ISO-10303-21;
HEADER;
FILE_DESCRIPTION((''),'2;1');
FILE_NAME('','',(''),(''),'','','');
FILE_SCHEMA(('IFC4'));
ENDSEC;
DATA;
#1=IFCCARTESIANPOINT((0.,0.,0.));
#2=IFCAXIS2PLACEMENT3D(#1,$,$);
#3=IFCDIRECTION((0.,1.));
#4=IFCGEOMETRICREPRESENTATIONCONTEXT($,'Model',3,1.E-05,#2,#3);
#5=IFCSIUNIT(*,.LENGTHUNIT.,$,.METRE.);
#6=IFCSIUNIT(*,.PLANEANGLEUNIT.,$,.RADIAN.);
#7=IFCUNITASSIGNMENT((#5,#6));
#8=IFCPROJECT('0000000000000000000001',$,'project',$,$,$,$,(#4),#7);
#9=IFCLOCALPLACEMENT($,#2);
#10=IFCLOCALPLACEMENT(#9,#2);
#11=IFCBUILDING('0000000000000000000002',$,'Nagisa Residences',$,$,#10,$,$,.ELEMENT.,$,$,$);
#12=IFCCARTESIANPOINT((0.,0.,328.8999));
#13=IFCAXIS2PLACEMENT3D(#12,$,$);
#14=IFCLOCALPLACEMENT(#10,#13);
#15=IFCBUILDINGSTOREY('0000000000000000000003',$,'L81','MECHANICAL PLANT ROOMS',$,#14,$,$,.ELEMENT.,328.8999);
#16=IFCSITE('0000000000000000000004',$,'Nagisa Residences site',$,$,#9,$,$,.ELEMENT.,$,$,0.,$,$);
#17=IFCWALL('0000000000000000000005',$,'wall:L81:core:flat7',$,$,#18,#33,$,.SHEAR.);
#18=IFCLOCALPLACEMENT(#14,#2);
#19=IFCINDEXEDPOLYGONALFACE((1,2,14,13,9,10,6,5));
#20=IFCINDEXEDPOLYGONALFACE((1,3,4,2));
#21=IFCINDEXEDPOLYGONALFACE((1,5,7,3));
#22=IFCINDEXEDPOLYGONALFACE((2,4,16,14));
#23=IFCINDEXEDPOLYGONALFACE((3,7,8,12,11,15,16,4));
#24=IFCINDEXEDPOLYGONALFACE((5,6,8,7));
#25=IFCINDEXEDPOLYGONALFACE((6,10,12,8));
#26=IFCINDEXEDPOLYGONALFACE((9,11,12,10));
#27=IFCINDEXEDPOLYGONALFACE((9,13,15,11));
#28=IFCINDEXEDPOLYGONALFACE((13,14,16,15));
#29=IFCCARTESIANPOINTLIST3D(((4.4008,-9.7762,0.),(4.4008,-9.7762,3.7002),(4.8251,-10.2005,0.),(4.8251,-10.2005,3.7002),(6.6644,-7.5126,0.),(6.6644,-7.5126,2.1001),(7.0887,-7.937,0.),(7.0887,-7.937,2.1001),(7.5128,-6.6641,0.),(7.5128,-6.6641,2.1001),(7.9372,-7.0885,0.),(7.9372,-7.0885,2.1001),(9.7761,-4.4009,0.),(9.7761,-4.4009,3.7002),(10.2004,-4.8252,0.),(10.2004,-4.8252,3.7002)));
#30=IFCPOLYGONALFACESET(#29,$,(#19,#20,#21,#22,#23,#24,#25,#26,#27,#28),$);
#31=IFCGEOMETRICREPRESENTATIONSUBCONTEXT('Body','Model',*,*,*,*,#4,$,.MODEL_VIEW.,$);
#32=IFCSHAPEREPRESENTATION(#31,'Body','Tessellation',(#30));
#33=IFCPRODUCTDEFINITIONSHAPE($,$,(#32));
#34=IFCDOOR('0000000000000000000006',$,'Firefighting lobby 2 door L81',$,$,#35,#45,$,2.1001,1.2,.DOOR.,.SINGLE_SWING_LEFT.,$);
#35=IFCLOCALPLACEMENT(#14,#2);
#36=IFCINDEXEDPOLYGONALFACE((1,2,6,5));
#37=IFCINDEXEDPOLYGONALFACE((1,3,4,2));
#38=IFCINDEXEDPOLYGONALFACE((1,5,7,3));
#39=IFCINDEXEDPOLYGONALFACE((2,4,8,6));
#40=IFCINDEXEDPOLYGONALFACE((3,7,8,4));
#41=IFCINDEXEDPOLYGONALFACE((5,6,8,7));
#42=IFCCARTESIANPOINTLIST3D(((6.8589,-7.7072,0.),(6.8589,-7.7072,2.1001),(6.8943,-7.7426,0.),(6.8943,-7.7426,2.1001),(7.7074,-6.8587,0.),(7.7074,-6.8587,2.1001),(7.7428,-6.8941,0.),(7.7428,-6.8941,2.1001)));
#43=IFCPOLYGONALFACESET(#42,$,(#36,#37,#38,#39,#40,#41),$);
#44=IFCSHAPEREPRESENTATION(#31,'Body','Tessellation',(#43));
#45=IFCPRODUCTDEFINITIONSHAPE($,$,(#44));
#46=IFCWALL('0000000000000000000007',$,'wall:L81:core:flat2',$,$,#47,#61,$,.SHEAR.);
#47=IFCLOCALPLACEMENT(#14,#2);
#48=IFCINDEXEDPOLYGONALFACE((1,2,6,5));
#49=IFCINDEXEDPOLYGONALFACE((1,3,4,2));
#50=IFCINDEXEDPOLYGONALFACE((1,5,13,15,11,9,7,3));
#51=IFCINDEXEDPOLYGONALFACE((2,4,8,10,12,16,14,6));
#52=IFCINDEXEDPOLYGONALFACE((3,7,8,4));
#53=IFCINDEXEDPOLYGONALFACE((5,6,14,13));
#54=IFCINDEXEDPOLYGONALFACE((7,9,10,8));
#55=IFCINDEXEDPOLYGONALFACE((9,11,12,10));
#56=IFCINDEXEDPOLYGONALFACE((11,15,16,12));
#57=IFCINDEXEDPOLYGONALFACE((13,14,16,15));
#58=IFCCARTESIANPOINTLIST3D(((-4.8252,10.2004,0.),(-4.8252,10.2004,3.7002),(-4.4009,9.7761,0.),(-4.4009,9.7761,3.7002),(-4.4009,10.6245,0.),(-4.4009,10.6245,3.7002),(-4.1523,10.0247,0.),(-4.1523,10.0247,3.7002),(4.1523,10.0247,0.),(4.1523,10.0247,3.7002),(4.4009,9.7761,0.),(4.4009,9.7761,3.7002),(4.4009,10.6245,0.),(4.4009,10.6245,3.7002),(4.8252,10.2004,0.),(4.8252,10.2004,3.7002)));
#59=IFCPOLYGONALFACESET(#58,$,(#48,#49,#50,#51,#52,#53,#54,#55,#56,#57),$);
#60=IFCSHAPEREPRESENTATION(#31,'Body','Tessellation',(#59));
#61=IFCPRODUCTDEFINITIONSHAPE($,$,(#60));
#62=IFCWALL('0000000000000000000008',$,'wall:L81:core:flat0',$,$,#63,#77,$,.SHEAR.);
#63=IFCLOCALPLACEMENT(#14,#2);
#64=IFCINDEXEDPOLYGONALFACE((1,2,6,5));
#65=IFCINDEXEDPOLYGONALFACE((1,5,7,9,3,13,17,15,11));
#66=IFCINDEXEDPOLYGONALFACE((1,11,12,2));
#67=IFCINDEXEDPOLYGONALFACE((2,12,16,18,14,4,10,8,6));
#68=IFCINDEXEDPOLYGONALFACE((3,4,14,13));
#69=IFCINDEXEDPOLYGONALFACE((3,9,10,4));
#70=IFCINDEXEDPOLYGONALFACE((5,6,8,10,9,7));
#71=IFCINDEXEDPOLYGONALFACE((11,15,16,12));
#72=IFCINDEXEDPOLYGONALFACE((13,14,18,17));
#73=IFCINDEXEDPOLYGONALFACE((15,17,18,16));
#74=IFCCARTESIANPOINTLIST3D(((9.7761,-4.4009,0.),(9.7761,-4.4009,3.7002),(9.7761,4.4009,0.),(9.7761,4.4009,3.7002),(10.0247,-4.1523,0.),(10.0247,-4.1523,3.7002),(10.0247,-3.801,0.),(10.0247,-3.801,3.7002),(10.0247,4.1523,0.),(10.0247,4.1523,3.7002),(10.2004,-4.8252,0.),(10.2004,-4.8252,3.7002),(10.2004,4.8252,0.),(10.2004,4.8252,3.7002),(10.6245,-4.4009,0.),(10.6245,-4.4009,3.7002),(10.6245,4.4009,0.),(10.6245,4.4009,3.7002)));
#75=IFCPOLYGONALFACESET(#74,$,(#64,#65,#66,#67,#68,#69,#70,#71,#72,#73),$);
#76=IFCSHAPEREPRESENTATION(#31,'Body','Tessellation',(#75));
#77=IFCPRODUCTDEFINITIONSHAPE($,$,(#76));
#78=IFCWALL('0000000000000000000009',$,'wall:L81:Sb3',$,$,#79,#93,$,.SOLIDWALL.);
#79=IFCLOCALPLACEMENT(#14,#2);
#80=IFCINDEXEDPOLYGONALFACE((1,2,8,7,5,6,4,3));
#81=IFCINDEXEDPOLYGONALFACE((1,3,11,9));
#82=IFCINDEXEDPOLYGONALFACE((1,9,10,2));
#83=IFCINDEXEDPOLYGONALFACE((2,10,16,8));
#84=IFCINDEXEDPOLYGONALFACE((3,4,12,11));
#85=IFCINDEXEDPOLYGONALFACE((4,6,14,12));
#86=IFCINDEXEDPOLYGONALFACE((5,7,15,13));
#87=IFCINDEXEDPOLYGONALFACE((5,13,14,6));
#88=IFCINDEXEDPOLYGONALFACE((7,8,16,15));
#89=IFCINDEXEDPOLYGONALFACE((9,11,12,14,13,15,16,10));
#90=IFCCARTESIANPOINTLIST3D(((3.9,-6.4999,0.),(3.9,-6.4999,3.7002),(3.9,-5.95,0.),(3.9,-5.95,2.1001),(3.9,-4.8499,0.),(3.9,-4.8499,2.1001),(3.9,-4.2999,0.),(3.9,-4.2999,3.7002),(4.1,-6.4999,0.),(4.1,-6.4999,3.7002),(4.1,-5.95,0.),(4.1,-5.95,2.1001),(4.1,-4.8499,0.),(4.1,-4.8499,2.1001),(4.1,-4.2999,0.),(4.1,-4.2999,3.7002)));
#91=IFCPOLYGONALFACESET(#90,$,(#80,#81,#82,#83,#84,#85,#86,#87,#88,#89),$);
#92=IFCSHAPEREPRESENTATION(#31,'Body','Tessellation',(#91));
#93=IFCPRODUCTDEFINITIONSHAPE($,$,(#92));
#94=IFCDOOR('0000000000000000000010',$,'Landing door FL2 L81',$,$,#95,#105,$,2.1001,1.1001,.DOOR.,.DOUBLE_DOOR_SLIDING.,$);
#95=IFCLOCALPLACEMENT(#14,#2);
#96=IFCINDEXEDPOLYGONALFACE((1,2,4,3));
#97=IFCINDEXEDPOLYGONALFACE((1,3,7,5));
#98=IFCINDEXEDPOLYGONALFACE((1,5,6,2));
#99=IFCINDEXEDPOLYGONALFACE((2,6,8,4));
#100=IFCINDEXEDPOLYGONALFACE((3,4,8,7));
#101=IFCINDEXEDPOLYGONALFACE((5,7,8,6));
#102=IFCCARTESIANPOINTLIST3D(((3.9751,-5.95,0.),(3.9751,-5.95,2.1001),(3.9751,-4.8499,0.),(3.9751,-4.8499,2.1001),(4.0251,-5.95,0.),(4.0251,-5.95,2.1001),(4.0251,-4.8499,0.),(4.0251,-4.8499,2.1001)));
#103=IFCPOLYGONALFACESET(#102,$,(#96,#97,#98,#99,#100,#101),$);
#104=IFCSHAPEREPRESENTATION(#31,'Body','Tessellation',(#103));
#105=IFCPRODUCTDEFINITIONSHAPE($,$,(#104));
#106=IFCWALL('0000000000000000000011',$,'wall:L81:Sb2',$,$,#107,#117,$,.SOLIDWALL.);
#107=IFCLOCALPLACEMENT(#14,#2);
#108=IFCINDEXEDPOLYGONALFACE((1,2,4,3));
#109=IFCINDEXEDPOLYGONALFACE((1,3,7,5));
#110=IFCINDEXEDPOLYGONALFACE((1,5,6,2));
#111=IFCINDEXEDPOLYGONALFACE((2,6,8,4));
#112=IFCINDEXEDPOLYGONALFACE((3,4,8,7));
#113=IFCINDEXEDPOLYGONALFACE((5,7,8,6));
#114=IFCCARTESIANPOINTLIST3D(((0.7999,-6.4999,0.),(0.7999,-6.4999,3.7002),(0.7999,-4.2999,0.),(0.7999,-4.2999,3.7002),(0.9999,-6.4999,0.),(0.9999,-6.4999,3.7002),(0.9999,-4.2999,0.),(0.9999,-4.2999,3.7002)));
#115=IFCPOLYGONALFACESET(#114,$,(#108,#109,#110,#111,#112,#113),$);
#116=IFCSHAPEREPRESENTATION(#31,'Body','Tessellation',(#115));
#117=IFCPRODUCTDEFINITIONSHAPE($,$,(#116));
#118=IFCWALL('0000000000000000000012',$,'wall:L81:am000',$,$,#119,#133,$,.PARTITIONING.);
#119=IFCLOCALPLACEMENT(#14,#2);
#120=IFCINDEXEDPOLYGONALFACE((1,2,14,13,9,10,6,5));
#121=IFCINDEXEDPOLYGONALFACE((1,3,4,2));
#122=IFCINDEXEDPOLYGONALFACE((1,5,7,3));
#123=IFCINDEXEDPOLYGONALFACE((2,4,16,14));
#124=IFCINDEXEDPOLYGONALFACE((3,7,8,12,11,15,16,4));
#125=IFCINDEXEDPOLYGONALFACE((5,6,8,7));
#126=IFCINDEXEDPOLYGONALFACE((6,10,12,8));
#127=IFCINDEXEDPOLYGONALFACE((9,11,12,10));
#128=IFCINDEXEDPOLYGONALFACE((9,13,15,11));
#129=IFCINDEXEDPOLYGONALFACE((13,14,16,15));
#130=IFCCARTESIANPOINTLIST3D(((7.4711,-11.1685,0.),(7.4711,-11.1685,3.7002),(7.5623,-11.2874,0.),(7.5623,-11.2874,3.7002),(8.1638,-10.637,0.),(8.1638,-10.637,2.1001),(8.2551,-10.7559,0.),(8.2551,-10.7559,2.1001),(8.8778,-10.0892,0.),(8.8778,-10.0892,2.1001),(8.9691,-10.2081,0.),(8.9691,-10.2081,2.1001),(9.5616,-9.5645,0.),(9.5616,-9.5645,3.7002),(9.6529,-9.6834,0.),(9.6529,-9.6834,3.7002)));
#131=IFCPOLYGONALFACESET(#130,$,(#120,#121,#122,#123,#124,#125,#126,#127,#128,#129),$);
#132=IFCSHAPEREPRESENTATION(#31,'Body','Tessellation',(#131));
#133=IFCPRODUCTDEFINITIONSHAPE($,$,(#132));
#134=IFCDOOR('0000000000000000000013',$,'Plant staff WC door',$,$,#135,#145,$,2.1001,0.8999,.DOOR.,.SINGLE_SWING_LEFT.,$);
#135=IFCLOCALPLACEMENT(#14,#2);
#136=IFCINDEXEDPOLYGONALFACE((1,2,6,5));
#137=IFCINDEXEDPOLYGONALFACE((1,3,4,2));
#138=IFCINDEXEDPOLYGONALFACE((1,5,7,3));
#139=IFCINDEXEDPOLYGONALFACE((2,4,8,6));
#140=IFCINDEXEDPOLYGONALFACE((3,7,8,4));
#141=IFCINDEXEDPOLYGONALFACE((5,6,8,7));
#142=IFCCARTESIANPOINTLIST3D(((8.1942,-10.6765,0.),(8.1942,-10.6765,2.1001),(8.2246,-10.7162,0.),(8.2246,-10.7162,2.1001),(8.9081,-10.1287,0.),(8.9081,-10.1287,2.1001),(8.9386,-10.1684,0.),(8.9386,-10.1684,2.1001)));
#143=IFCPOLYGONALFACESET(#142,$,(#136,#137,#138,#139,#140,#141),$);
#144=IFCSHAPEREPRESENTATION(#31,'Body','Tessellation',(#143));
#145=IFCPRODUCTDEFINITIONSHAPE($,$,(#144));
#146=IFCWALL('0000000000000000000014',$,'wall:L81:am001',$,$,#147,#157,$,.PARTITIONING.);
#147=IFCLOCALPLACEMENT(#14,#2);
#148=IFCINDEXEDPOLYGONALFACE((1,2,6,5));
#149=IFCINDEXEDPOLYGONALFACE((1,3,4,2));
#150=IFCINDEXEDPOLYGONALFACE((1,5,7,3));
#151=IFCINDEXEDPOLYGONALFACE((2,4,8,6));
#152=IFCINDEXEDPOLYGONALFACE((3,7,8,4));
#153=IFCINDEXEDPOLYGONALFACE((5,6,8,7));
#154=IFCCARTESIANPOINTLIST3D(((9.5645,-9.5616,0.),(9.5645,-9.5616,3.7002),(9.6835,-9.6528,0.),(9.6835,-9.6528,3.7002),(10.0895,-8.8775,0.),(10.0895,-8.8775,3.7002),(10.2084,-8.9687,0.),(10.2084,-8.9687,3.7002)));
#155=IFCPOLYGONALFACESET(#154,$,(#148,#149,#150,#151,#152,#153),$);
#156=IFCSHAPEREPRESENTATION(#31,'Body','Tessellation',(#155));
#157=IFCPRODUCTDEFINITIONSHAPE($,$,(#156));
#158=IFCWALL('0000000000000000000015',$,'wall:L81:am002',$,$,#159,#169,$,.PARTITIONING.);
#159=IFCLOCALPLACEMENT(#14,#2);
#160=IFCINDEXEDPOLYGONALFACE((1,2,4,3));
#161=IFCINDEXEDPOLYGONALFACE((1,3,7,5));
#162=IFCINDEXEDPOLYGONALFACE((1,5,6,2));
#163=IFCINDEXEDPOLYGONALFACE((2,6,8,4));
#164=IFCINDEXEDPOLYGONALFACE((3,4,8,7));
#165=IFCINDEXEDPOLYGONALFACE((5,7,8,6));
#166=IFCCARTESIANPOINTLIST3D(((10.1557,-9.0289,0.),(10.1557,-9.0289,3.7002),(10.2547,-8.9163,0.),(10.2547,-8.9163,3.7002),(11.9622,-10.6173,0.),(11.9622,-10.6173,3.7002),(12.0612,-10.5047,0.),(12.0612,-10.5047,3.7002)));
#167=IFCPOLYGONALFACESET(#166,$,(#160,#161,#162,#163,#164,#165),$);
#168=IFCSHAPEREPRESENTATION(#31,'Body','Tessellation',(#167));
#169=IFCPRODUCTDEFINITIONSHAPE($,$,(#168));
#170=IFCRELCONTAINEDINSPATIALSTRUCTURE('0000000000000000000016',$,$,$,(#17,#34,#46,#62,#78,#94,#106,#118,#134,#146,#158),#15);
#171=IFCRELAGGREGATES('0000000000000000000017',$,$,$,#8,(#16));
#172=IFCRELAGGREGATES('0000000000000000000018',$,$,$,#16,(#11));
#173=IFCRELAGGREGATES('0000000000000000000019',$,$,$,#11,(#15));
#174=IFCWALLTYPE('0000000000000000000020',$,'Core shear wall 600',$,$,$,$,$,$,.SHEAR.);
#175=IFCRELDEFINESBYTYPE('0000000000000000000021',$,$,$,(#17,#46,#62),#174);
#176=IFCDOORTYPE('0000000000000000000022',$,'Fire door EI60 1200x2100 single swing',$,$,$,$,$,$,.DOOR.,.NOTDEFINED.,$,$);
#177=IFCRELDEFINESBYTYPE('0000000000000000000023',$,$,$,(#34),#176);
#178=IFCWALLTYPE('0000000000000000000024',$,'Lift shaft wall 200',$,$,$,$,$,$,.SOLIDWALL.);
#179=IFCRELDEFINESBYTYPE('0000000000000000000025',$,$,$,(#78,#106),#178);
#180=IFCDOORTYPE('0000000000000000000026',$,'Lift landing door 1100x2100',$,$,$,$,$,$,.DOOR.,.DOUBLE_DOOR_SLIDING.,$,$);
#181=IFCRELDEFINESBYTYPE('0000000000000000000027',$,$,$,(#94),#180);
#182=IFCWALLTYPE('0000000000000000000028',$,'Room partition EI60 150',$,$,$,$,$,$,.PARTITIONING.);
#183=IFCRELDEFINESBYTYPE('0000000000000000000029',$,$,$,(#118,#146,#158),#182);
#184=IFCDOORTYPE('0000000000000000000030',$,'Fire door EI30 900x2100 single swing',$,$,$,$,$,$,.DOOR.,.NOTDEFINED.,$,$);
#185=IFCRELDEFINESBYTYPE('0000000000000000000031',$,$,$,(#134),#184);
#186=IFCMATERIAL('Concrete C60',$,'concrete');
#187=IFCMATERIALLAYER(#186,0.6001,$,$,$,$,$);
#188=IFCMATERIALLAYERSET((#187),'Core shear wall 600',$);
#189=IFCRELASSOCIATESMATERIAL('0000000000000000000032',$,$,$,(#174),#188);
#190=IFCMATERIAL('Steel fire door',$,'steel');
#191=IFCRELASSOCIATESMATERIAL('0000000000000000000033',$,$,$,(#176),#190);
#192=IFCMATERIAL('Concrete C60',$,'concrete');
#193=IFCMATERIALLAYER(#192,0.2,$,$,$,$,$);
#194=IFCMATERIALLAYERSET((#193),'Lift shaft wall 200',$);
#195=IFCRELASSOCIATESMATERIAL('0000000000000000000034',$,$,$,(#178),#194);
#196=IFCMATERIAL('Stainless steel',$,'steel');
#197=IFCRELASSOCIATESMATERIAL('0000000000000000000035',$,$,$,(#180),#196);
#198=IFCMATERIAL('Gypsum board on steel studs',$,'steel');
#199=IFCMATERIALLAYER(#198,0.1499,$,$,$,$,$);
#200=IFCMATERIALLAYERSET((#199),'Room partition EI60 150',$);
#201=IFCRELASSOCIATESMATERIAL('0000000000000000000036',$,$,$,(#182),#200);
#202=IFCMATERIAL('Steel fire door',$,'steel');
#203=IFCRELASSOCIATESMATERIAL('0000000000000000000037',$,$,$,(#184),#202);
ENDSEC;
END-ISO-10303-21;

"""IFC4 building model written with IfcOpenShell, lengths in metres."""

from ifc_helpers import new_model, si_unit, direction, frame, frame_2d, origin, place, context, subcontext, project, spatial, polyline, rectangle, outline, extrude, material, layer, layer_set, type_object, element, fill, save


model = new_model("IFC4")

# Units and contexts
model_context = context("Model", 3, precision=1e-05, world=origin(), true_north=direction((0.0, 1.0)))
body_context = subcontext(model_context, "Body", "Model", "MODEL_VIEW")
ifc_project = project(units=[si_unit("LENGTHUNIT", "METRE"), si_unit("PLANEANGLEUNIT", "RADIAN")], contexts=[model_context])

# Site, building, storey
site_placement = place(None, origin())
site = spatial("IfcSite", under=ifc_project, at=site_placement, Name="Nagisa Residences site", CompositionType="ELEMENT", RefElevation=0.0)
building_placement = place(site_placement, origin())
building = spatial("IfcBuilding", under=site, at=building_placement, Name="Nagisa Residences", CompositionType="ELEMENT")
storey_placement = place(building_placement, frame((0.0, 0.0, 328.8999)))
storey = spatial("IfcBuildingStorey", under=building, at=storey_placement, Name="L81", Description="MECHANICAL PLANT ROOMS", CompositionType="ELEMENT", Elevation=328.8999)

# Wall, opening, door
ifc_material_1 = material(Name="Concrete C60", Category="concrete")
ifc_layer_1 = layer(ifc_material_1, 0.6001)
ifc_layer_set_1 = layer_set([ifc_layer_1], Name="Core shear wall 600")
wall_type_1 = type_object("IfcWallType", Name="Core shear wall 600", PredefinedType="SHEAR", material=ifc_layer_set_1)
wall_1_placement = place(storey_placement, frame((4.613, -9.9883, 0.0), z_axis=(0.0, 0.0, 1.0), x_axis=(0.707107, 0.707107, 0.0)))
wall_1 = element("IfcWall", 1, at=wall_1_placement, inside=storey, type_object=wall_type_1, Name="wall:L81:core:flat7", PredefinedType="SHEAR", context=body_context, shape_type="SweptSolid", body=[
    extrude(rectangle(XDim=7.6018, YDim=0.6001, at=frame_2d((3.8008, 0.0))), origin(), (0.0, 0.0, 1.0), 3.7002),
])
opening_1_placement = place(wall_1_placement, frame((3.2009, 0.0, 0.0)))
opening_1 = element("IfcOpeningElement", 2, at=opening_1_placement, cuts=wall_1, PredefinedType="OPENING", context=body_context, shape_type="SweptSolid", body=[
    extrude(rectangle(XDim=1.2, YDim=2.1001, at=frame_2d((0.6001, 1.05))), frame((0.0, 0.3101, 0.0), z_axis=(0.0, -1.0, 0.0), x_axis=(1.0, 0.0, 0.0)), (0.0, 0.0, 1.0), 0.6201),
])
ifc_material_2 = material(Name="Steel fire door", Category="steel")
door_type_1 = type_object("IfcDoorType", Name="Fire door EI60 1200x2100 single swing", OperationType="NOTDEFINED", PredefinedType="DOOR", material=ifc_material_2)
door_1_placement = place(opening_1_placement, origin())
door_1 = element("IfcDoor", 3, at=door_1_placement, inside=storey, type_object=door_type_1, Name="Firefighting lobby 2 door L81", OperationType="SINGLE_SWING_LEFT", OverallHeight=2.1001, OverallWidth=1.2, PredefinedType="DOOR", context=body_context, shape_type="SweptSolid", body=[
    extrude(rectangle(XDim=1.2, YDim=2.1001, at=frame_2d((0.6001, 1.05))), frame((0.0, 0.0249, 0.0), z_axis=(0.0, -1.0, 0.0), x_axis=(1.0, 0.0, 0.0)), (0.0, 0.0, 1.0), 0.05),
])
fill(opening_1, door_1)

# Walls
wall_2_placement = place(storey_placement, origin())
element("IfcWall", 4, at=wall_2_placement, inside=storey, type_object=wall_type_1, Name="wall:L81:core:flat2", PredefinedType="SHEAR", context=body_context, shape_type="SweptSolid", body=[
    extrude(outline(polyline([(-4.1523, 10.0247), (-4.4009, 9.7761), (-4.8252, 10.2004), (-4.4009, 10.6245), (4.4009, 10.6245), (4.8252, 10.2004), (4.4009, 9.7761), (4.1523, 10.0247), (-4.1523, 10.0247)])), origin(), (0.0, 0.0, 1.0), 3.7002),
])
wall_3_placement = place(storey_placement, origin())
element("IfcWall", 5, at=wall_3_placement, inside=storey, type_object=wall_type_1, Name="wall:L81:core:flat0", PredefinedType="SHEAR", context=body_context, shape_type="SweptSolid", body=[
    extrude(outline(polyline([(9.7761, -4.4009), (10.0247, -4.1523), (10.0247, -3.801), (10.0247, 4.1523), (9.7761, 4.4009), (10.2004, 4.8252), (10.6245, 4.4009), (10.6245, -4.4009), (10.2004, -4.8252), (9.7761, -4.4009)])), origin(), (0.0, 0.0, 1.0), 3.7002),
])

# Wall, opening, door
ifc_material_3 = material(Name="Concrete C60", Category="concrete")
ifc_layer_2 = layer(ifc_material_3, 0.2)
ifc_layer_set_2 = layer_set([ifc_layer_2], Name="Lift shaft wall 200")
wall_type_2 = type_object("IfcWallType", Name="Lift shaft wall 200", PredefinedType="SOLIDWALL", material=ifc_layer_set_2)
wall_4_placement = place(storey_placement, frame((4.0, -6.5, 0.0), z_axis=(0.0, 0.0, 1.0), x_axis=(0.0, 1.0, 0.0)))
wall_4 = element("IfcWall", 6, at=wall_4_placement, inside=storey, type_object=wall_type_2, Name="wall:L81:Sb3", PredefinedType="SOLIDWALL", context=body_context, shape_type="SweptSolid", body=[
    extrude(rectangle(XDim=2.2, YDim=0.2, at=frame_2d((1.1001, 0.0))), origin(), (0.0, 0.0, 1.0), 3.7002),
])
opening_2_placement = place(wall_4_placement, frame((0.55, 0.0, 0.0)))
opening_2 = element("IfcOpeningElement", 7, at=opening_2_placement, cuts=wall_4, PredefinedType="OPENING", context=body_context, shape_type="SweptSolid", body=[
    extrude(rectangle(XDim=1.1001, YDim=2.1001, at=frame_2d((0.55, 1.05))), frame((0.0, 0.1099, 0.0), z_axis=(0.0, -1.0, 0.0), x_axis=(1.0, 0.0, 0.0)), (0.0, 0.0, 1.0), 0.22),
])
ifc_material_4 = material(Name="Stainless steel", Category="steel")
door_type_2 = type_object("IfcDoorType", Name="Lift landing door 1100x2100", OperationType="DOUBLE_DOOR_SLIDING", PredefinedType="DOOR", material=ifc_material_4)
door_2_placement = place(opening_2_placement, origin())
door_2 = element("IfcDoor", 8, at=door_2_placement, inside=storey, type_object=door_type_2, Name="Landing door FL2 L81", OperationType="DOUBLE_DOOR_SLIDING", OverallHeight=2.1001, OverallWidth=1.1001, PredefinedType="DOOR", context=body_context, shape_type="SweptSolid", body=[
    extrude(rectangle(XDim=1.1001, YDim=2.1001, at=frame_2d((0.55, 1.05))), frame((0.0, 0.0249, 0.0), z_axis=(0.0, -1.0, 0.0), x_axis=(1.0, 0.0, 0.0)), (0.0, 0.0, 1.0), 0.05),
])
fill(opening_2, door_2)

# Wall
wall_5_placement = place(storey_placement, frame((0.8999, -6.5, 0.0), z_axis=(0.0, 0.0, 1.0), x_axis=(0.0, 1.0, 0.0)))
element("IfcWall", 9, at=wall_5_placement, inside=storey, type_object=wall_type_2, Name="wall:L81:Sb2", PredefinedType="SOLIDWALL", context=body_context, shape_type="SweptSolid", body=[
    extrude(rectangle(XDim=2.2, YDim=0.2, at=frame_2d((1.1001, 0.0))), origin(), (0.0, 0.0, 1.0), 3.7002),
])

# Wall, opening, door
ifc_material_5 = material(Name="Gypsum board on steel studs", Category="steel")
ifc_layer_3 = layer(ifc_material_5, 0.1499)
ifc_layer_set_3 = layer_set([ifc_layer_3], Name="Room partition EI60 150")
wall_type_3 = type_object("IfcWallType", Name="Room partition EI60 150", PredefinedType="PARTITIONING", material=ifc_layer_set_3)
wall_6_placement = place(storey_placement, frame((9.6072, -9.624, 0.0), z_axis=(0.0, 0.0, 1.0), x_axis=(-0.793381, -0.608725, 0.0)))
wall_6 = element("IfcWall", 10, at=wall_6_placement, inside=storey, type_object=wall_type_3, Name="wall:L81:am000", PredefinedType="PARTITIONING", context=body_context, shape_type="SweptSolid", body=[
    extrude(rectangle(XDim=2.635, YDim=0.1499, at=frame_2d((1.3174, 0.0))), origin(), (0.0, 0.0, 1.0), 3.7002),
])
opening_3_placement = place(wall_6_placement, frame((0.8618, 0.0, 0.0)))
opening_3 = element("IfcOpeningElement", 11, at=opening_3_placement, cuts=wall_6, PredefinedType="OPENING", context=body_context, shape_type="SweptSolid", body=[
    extrude(rectangle(XDim=0.8999, YDim=2.1001, at=frame_2d((0.45, 1.05))), frame((0.0, 0.085, 0.0), z_axis=(0.0, -1.0, 0.0), x_axis=(1.0, 0.0, 0.0)), (0.0, 0.0, 1.0), 0.1699),
])
ifc_material_6 = material(Name="Steel fire door", Category="steel")
door_type_3 = type_object("IfcDoorType", Name="Fire door EI30 900x2100 single swing", OperationType="NOTDEFINED", PredefinedType="DOOR", material=ifc_material_6)
door_3_placement = place(opening_3_placement, origin())
door_3 = element("IfcDoor", 12, at=door_3_placement, inside=storey, type_object=door_type_3, Name="Plant staff WC door", OperationType="SINGLE_SWING_LEFT", OverallHeight=2.1001, OverallWidth=0.8999, PredefinedType="DOOR", context=body_context, shape_type="SweptSolid", body=[
    extrude(rectangle(XDim=0.8999, YDim=2.1001, at=frame_2d((0.45, 1.05))), frame((0.0, 0.0249, 0.0), z_axis=(0.0, -1.0, 0.0), x_axis=(1.0, 0.0, 0.0)), (0.0, 0.0, 1.0), 0.05),
])
fill(opening_3, door_3)

# Walls
wall_7_placement = place(storey_placement, frame((10.1489, -8.9231, 0.0), z_axis=(0.0, 0.0, 1.0), x_axis=(-0.608752, -0.79336, 0.0)))
element("IfcWall", 13, at=wall_7_placement, inside=storey, type_object=wall_type_3, Name="wall:L81:am001", PredefinedType="PARTITIONING", context=body_context, shape_type="SweptSolid", body=[
    extrude(rectangle(XDim=0.8623, YDim=0.1499, at=frame_2d((0.4312, 0.0))), origin(), (0.0, 0.0, 1.0), 3.7002),
])
wall_8_placement = place(storey_placement, frame((10.2053, -8.9727, 0.0), z_axis=(0.0, 0.0, 1.0), x_axis=(0.750971, -0.660335, 0.0)))
element("IfcWall", 14, at=wall_8_placement, inside=storey, type_object=wall_type_3, Name="wall:L81:am002", PredefinedType="PARTITIONING", context=body_context, shape_type="SweptSolid", body=[
    extrude(rectangle(XDim=2.4055, YDim=0.1499, at=frame_2d((1.2026, 0.0))), origin(), (0.0, 0.0, 1.0), 3.7002),
])

save(model, "model.ifc")
